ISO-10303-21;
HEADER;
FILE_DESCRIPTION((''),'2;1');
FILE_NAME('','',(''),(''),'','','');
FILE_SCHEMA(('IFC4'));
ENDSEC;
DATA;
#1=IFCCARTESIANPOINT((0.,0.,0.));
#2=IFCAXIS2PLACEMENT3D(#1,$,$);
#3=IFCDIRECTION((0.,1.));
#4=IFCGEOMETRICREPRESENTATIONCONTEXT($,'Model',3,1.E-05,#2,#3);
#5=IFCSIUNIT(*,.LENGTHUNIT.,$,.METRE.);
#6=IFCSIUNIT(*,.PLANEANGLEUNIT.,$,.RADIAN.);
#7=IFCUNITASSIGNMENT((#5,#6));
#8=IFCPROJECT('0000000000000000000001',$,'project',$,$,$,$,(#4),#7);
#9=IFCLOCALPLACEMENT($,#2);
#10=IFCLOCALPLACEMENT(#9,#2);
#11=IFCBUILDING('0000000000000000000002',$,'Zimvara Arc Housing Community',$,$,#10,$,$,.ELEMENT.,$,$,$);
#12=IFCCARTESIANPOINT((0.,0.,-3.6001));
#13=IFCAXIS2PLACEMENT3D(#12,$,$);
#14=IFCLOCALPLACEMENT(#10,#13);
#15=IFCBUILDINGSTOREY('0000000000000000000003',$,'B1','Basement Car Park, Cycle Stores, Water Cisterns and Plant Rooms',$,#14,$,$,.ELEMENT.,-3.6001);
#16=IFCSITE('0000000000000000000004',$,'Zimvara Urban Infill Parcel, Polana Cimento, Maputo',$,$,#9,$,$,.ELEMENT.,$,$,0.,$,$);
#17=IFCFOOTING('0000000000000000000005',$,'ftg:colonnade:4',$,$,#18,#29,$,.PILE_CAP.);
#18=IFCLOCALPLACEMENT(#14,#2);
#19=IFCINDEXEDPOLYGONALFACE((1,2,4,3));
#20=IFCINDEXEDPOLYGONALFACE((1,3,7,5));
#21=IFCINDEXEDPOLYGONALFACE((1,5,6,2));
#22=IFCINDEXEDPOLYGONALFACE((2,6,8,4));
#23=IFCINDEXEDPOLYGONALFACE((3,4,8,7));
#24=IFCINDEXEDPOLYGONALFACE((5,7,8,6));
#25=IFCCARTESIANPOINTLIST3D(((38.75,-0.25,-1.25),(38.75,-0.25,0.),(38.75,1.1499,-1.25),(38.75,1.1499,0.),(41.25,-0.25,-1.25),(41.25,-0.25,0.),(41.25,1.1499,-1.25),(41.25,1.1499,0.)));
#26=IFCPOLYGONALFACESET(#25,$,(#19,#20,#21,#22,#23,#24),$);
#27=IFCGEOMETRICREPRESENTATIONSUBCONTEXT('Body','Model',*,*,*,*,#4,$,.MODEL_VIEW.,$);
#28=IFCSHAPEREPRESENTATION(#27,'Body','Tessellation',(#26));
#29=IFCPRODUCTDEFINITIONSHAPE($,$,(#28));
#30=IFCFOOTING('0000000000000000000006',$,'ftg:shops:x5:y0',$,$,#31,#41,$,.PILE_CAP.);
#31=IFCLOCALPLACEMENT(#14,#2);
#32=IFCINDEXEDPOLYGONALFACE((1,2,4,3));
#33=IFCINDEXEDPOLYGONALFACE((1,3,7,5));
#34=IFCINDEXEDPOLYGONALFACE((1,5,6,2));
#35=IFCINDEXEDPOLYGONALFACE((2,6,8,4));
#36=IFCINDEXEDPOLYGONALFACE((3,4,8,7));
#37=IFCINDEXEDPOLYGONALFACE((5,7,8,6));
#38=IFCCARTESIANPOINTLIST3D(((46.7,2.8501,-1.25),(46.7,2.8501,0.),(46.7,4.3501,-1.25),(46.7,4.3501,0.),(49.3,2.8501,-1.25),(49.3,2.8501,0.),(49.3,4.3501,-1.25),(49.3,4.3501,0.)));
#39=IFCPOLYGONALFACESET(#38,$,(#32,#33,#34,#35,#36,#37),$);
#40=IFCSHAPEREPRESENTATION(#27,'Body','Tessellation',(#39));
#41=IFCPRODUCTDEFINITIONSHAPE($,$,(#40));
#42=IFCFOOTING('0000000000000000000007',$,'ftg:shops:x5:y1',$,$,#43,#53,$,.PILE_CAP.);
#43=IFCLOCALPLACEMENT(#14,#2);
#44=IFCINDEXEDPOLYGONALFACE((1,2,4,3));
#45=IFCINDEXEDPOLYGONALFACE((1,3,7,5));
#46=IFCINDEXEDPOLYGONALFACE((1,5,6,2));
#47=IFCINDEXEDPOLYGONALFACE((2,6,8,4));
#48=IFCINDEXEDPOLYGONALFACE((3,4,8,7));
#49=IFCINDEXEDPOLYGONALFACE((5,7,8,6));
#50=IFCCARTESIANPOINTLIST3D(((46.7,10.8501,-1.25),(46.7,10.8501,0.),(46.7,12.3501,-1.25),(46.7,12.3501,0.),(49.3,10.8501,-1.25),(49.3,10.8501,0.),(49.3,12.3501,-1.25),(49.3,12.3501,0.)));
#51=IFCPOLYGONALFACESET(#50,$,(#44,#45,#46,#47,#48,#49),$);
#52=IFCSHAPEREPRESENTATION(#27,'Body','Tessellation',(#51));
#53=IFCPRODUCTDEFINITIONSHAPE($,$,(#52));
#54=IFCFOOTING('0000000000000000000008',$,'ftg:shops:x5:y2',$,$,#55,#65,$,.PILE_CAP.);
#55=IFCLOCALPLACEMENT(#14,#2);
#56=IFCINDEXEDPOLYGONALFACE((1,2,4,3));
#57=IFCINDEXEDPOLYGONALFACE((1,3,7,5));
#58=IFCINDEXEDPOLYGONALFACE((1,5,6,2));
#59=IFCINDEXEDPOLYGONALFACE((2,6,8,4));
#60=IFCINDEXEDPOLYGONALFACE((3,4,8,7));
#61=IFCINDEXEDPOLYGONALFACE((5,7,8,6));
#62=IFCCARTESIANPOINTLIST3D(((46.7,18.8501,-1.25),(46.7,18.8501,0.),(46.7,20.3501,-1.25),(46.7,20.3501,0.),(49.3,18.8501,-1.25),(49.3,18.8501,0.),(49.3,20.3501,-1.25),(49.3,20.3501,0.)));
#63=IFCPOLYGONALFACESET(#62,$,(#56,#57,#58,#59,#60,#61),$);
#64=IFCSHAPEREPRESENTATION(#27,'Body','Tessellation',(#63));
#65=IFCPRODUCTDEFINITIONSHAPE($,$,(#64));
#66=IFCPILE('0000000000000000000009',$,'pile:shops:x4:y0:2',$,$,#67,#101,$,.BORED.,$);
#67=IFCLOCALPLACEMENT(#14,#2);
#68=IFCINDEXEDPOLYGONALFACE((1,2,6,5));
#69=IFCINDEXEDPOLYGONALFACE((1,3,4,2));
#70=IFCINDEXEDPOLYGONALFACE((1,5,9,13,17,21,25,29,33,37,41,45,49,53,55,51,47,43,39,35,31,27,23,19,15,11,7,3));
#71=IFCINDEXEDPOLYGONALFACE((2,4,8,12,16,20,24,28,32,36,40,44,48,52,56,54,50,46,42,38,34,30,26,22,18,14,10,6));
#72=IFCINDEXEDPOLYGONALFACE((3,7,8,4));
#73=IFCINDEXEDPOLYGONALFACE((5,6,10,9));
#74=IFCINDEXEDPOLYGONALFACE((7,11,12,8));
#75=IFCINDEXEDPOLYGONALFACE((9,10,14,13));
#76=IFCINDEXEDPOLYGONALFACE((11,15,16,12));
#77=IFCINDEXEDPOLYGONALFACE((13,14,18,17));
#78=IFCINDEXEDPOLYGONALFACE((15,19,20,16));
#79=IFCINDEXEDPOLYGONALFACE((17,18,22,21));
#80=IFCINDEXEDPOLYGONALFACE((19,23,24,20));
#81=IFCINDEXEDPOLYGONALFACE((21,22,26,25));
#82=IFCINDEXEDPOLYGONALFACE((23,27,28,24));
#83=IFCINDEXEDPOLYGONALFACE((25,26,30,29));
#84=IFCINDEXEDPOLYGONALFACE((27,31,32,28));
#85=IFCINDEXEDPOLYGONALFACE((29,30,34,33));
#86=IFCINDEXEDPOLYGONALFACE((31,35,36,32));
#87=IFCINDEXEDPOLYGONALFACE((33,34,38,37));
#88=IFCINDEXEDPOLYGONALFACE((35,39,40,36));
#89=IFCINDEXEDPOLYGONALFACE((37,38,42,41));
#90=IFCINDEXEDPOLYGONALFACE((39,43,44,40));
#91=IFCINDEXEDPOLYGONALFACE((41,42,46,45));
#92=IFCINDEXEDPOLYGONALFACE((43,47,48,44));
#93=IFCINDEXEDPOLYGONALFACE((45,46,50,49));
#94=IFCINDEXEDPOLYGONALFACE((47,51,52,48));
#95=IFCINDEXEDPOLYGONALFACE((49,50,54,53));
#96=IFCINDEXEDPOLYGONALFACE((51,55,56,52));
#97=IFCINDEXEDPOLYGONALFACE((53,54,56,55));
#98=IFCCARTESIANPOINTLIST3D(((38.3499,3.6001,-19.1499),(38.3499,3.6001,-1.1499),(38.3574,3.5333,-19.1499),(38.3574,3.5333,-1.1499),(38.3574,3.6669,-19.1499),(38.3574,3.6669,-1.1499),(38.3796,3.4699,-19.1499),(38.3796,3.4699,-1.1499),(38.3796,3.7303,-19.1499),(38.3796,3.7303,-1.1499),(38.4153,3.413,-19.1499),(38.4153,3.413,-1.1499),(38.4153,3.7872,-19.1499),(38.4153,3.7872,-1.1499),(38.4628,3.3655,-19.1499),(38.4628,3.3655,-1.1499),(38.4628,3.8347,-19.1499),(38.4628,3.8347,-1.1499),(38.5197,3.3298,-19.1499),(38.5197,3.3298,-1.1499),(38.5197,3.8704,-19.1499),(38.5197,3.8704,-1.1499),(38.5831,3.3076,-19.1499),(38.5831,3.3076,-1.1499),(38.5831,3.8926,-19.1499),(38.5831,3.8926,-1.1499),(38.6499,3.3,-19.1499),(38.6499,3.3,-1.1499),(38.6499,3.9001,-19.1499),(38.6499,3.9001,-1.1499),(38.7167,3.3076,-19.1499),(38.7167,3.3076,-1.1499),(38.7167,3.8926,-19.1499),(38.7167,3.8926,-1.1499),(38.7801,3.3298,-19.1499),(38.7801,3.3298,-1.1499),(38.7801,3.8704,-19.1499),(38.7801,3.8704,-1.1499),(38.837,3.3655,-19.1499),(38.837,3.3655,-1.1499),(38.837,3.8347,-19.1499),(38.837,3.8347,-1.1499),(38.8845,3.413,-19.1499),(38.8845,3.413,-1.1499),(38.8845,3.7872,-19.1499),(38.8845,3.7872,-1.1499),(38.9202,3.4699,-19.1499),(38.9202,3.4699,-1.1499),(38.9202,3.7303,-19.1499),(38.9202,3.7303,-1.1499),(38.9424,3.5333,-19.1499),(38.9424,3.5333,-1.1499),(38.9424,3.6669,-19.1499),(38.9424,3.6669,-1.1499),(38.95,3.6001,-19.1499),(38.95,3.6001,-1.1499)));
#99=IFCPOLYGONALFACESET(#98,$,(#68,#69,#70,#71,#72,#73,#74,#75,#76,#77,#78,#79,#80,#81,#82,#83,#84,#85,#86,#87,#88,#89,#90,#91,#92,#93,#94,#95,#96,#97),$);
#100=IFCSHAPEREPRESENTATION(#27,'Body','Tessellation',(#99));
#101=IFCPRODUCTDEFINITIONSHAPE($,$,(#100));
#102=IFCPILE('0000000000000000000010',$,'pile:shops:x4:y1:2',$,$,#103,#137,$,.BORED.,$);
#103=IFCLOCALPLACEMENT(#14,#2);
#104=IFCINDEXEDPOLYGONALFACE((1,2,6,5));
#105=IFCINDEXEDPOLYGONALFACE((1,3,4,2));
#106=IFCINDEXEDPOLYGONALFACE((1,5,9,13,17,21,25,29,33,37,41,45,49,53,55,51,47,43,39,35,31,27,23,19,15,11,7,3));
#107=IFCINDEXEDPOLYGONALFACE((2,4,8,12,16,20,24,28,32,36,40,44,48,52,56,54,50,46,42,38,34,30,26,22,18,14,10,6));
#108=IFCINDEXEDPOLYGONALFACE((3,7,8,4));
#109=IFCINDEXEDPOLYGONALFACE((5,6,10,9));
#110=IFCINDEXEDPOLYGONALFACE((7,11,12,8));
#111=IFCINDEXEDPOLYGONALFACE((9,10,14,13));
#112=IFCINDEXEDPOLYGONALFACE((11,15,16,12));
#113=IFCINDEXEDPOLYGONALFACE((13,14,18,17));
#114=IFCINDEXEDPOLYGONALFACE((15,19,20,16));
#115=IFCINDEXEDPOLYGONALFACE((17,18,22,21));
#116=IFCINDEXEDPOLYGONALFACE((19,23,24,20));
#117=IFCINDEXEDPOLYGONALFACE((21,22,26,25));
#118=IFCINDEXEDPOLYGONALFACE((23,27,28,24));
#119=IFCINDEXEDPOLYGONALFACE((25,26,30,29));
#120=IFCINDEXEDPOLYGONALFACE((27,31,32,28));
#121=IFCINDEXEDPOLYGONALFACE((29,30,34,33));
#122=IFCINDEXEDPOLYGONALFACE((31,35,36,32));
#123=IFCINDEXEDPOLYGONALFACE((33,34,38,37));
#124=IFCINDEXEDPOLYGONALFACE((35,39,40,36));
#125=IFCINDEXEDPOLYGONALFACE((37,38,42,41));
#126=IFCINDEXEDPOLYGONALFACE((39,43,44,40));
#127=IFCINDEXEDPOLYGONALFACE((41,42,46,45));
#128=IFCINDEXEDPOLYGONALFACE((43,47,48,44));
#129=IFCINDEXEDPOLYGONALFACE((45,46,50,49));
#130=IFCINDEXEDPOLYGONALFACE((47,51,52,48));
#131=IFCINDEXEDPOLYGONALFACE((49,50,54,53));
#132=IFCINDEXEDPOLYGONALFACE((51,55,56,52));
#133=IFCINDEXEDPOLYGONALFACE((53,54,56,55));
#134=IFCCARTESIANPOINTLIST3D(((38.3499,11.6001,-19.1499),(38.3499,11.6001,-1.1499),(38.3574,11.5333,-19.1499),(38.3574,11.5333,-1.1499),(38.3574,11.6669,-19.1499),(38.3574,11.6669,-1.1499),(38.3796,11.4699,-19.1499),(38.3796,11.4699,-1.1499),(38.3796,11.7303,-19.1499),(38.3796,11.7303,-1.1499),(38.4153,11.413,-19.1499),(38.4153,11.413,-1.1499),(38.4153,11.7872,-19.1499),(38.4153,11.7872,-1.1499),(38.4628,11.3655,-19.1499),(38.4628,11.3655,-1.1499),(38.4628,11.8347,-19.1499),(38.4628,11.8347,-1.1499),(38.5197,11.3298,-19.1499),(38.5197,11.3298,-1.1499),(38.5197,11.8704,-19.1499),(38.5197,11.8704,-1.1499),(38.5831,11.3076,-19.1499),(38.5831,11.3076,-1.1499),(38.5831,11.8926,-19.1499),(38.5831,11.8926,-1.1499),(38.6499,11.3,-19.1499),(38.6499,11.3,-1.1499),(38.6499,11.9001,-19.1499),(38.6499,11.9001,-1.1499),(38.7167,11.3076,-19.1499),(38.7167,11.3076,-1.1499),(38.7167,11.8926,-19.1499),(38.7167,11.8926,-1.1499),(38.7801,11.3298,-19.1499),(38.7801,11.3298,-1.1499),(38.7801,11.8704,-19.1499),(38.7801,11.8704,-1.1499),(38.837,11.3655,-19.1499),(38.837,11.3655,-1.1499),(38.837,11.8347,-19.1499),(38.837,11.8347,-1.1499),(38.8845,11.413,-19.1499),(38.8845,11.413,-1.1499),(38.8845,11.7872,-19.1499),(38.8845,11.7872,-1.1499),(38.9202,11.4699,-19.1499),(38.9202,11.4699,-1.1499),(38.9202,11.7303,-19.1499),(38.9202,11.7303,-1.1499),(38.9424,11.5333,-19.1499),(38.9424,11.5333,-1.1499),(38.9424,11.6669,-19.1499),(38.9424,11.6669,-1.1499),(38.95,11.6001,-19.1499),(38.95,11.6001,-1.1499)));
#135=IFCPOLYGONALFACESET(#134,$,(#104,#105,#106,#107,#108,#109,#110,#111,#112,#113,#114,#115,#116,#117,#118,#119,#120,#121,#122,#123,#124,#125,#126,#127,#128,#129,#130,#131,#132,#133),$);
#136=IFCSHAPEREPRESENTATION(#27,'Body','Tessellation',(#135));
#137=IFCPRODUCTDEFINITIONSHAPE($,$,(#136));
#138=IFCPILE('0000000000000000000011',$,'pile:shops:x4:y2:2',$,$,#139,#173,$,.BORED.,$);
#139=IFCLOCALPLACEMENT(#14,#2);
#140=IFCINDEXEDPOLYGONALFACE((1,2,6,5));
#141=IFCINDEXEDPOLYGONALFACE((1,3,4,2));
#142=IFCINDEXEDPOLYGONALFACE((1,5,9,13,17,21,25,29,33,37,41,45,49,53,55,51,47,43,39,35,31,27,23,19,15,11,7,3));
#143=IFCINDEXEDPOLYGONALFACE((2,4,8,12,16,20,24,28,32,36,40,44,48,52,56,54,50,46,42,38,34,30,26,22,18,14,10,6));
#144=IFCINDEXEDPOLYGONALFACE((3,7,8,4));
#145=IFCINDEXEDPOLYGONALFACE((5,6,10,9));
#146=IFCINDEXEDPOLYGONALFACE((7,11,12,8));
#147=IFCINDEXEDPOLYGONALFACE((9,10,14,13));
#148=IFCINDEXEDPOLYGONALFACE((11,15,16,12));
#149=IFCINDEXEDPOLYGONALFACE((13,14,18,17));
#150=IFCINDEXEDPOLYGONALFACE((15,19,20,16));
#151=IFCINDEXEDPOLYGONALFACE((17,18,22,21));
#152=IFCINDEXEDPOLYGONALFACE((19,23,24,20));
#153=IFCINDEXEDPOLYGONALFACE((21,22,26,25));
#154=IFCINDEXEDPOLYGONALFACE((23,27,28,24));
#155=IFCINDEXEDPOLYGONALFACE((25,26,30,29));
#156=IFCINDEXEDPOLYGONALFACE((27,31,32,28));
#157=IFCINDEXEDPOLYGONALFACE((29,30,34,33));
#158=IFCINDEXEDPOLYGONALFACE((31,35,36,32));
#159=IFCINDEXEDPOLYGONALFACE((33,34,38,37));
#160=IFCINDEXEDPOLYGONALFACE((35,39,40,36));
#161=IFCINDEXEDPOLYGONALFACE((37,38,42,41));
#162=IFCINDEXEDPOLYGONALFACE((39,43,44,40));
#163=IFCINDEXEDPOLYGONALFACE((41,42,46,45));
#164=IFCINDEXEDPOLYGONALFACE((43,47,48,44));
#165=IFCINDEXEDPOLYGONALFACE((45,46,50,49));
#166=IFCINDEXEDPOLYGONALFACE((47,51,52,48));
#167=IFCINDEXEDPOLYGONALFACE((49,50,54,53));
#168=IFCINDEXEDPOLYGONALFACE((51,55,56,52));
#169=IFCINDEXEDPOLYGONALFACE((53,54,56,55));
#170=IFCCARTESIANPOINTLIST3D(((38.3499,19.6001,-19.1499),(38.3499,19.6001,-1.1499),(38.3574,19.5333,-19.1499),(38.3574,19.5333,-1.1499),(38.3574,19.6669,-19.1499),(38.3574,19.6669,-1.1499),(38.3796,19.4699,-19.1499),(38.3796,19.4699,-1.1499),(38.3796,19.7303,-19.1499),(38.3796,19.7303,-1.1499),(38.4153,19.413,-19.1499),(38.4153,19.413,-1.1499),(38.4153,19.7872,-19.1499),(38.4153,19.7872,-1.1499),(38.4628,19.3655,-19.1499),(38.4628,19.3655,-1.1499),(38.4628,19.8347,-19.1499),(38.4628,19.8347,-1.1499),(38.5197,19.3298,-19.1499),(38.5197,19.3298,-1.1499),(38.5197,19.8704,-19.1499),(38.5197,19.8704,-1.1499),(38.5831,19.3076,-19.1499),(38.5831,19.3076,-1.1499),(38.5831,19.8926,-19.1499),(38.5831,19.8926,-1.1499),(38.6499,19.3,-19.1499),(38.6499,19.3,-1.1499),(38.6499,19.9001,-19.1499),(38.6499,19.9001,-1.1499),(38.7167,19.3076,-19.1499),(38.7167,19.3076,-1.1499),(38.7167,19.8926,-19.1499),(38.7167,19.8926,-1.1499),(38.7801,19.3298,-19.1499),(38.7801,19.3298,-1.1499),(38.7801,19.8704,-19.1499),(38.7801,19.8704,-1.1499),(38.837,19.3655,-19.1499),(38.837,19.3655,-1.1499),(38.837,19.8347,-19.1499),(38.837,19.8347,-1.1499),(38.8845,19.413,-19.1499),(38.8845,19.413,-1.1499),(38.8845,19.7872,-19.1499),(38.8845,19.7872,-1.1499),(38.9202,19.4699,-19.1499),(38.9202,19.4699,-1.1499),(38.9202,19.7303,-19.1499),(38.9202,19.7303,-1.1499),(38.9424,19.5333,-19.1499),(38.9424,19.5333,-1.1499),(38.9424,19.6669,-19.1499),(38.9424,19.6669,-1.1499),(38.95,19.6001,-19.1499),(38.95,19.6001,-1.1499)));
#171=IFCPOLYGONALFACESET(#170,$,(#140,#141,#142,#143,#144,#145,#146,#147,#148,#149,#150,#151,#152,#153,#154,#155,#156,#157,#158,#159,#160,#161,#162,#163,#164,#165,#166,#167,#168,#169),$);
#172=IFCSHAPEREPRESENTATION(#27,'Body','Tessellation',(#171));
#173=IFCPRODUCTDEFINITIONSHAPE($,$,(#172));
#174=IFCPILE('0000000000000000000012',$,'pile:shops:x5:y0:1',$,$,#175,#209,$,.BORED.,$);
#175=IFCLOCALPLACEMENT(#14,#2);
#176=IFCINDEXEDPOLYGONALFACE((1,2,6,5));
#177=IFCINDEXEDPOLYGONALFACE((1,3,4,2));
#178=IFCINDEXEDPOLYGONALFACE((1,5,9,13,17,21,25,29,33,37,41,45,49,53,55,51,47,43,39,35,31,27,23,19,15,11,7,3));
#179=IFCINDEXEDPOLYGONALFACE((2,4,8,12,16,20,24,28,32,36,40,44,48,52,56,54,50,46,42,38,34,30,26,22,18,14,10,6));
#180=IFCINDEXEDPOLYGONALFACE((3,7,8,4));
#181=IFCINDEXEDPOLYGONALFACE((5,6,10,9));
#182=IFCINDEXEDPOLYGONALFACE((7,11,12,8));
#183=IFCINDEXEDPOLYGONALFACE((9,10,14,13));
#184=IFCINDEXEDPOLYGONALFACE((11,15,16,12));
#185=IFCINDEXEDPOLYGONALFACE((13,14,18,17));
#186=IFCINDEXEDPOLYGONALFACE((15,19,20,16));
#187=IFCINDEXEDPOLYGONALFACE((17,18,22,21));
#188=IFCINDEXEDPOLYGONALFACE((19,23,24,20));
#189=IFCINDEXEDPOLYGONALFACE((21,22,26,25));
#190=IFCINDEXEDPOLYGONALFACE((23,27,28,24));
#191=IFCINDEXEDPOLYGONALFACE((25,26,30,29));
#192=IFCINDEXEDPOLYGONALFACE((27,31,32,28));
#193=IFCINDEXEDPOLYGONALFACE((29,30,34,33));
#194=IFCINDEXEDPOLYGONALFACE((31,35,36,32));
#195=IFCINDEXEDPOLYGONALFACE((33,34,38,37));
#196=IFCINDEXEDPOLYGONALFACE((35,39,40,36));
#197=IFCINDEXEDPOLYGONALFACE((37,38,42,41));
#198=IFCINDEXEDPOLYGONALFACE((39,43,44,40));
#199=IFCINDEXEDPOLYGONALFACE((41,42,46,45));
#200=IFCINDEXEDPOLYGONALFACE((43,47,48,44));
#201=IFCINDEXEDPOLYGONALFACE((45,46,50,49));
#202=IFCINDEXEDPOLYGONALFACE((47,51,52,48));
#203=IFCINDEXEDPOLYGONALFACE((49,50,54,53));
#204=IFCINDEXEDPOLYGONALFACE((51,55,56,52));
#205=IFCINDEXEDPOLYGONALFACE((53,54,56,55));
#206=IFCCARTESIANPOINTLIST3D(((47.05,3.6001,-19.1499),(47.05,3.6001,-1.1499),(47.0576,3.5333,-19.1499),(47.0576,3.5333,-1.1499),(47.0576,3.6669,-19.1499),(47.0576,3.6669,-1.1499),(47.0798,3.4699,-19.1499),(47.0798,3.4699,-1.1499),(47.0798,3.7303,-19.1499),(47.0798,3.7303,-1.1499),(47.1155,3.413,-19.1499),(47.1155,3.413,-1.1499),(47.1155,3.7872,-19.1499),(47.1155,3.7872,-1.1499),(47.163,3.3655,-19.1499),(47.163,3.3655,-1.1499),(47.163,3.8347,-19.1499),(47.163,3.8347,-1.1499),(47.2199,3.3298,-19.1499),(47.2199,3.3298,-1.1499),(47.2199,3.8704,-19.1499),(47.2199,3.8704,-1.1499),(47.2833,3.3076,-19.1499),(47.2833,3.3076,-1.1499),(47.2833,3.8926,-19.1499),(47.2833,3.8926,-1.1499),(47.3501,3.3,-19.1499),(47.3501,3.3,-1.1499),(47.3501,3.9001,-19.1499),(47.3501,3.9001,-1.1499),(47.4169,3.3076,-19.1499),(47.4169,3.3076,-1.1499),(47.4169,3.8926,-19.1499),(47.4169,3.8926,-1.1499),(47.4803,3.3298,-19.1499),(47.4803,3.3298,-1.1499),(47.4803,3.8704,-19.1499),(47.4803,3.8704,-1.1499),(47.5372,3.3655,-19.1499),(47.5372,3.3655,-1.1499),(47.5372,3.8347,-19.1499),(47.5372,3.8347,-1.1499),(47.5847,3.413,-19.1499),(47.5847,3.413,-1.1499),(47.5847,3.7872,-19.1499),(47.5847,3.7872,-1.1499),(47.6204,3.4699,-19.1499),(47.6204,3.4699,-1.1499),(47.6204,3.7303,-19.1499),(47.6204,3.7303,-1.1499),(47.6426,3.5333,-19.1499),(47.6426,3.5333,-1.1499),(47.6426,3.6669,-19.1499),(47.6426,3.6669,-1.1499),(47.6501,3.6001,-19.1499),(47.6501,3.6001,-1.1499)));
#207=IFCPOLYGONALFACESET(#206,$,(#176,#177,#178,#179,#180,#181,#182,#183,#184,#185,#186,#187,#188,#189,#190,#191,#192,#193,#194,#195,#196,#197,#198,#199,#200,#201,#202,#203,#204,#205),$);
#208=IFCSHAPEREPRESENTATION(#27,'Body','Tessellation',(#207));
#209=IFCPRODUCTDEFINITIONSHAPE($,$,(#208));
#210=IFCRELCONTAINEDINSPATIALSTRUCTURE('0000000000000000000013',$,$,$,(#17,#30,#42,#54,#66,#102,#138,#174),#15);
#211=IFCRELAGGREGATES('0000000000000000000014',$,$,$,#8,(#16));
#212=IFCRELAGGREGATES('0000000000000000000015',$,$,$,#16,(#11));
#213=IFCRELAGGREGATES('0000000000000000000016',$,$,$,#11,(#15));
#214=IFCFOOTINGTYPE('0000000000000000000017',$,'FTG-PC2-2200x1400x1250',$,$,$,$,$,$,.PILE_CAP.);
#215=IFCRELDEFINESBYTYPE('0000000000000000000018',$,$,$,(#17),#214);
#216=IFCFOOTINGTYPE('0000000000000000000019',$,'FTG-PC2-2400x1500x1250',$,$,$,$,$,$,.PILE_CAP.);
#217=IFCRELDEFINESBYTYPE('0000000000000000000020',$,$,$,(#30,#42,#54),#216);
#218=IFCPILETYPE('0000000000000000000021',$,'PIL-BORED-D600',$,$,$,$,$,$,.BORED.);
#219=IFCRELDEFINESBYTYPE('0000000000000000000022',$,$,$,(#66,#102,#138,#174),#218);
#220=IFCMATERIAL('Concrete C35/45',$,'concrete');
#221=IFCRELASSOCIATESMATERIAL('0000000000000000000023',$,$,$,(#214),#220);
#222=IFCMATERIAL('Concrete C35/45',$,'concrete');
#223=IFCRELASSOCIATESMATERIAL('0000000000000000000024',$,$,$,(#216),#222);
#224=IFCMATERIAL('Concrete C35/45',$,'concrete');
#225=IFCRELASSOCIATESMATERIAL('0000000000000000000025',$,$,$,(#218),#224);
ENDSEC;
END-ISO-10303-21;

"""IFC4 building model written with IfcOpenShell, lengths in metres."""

from ifc_helpers import new_model, si_unit, direction, frame, origin, origin_2d, place, context, subcontext, project, spatial, rectangle, circle, extrude, material, material_profile, profile_set, type_object, element, save


model = new_model("IFC4")

# Units and contexts
model_context = context("Model", 3, precision=1e-05, world=origin(), true_north=direction((0.0, 1.0)))
body_context = subcontext(model_context, "Body", "Model", "MODEL_VIEW")
ifc_project = project(units=[si_unit("LENGTHUNIT", "METRE"), si_unit("PLANEANGLEUNIT", "RADIAN")], contexts=[model_context])

# Site, building, storey
site_placement = place(None, origin())
site = spatial("IfcSite", under=ifc_project, at=site_placement, Name="Zimvara Urban Infill Parcel, Polana Cimento, Maputo", CompositionType="ELEMENT", RefElevation=0.0)
building_placement = place(site_placement, origin())
building = spatial("IfcBuilding", under=site, at=building_placement, Name="Zimvara Arc Housing Community", CompositionType="ELEMENT")
storey_placement = place(building_placement, frame((0.0, 0.0, -3.6001)))
storey = spatial("IfcBuildingStorey", under=building, at=storey_placement, Name="B1", Description="Basement Car Park, Cycle Stores, Water Cisterns and Plant Rooms", CompositionType="ELEMENT", Elevation=-3.6001)

# Footings
ifc_material_1 = material(Name="Concrete C35/45", Category="concrete")
footing_type_1 = type_object("IfcFootingType", Name="FTG-PC2-2200x1400x1250", PredefinedType="PILE_CAP", material=ifc_material_1)
footing_placement = place(storey_placement, frame((40.0, 0.45, -1.25), z_axis=(0.0, 0.0, 1.0), x_axis=(1.0, 0.0, 0.0)))
element("IfcFooting", 1, at=footing_placement, inside=storey, type_object=footing_type_1, Name="ftg:colonnade:4", PredefinedType="PILE_CAP", context=body_context, shape_type="SweptSolid", body=[
    extrude(rectangle(XDim=2.5, YDim=1.3999, at=origin_2d()), origin(), (0.0, 0.0, 1.0), 1.25),
])
ifc_material_2 = material(Name="Concrete C35/45", Category="concrete")
footing_type_2 = type_object("IfcFootingType", Name="FTG-PC2-2400x1500x1250", PredefinedType="PILE_CAP", material=ifc_material_2)
for number, where, z_axis, x_axis, name in (
    (2, (48.0, 3.6001, -1.25), (0.0, 0.0, 1.0), (1.0, 0.0, 0.0), "ftg:shops:x5:y0"),
    (3, (48.0, 11.6001, -1.25), (0.0, 0.0, 1.0), (1.0, 0.0, 0.0), "ftg:shops:x5:y1"),
    (4, (48.0, 19.6001, -1.25), (0.0, 0.0, 1.0), (1.0, 0.0, 0.0), "ftg:shops:x5:y2"),
):
    element("IfcFooting", number, at=place(storey_placement, frame(where, z_axis=z_axis, x_axis=x_axis)), inside=storey, type_object=footing_type_2, Name=name, PredefinedType="PILE_CAP", context=body_context, shape_type="SweptSolid", body=[
        extrude(rectangle(XDim=2.6001, YDim=1.5, at=origin_2d()), origin(), (0.0, 0.0, 1.0), 1.25),
    ])

# Piles
ifc_material_3 = material(Name="Concrete C35/45", Category="concrete")
ifc_material_profile_1 = material_profile(ifc_material_3, circle(Radius=0.3, at=origin_2d()), Name="PILE D600")
ifc_profile_set_1 = profile_set([ifc_material_profile_1], Name="Concrete C35/45")
pile_type = type_object("IfcPileType", Name="PIL-BORED-D600", PredefinedType="BORED", material=ifc_profile_set_1)
for number, where, z_axis, x_axis, name in (
    (5, (38.6499, 3.6001, -1.1499), (0.0, 0.0, -1.0), (1.0, 0.0, 0.0), "pile:shops:x4:y0:2"),
    (6, (38.6499, 11.6001, -1.1499), (0.0, 0.0, -1.0), (1.0, 0.0, 0.0), "pile:shops:x4:y1:2"),
    (7, (38.6499, 19.6001, -1.1499), (0.0, 0.0, -1.0), (1.0, 0.0, 0.0), "pile:shops:x4:y2:2"),
    (8, (47.3501, 3.6001, -1.1499), (0.0, 0.0, -1.0), (1.0, 0.0, 0.0), "pile:shops:x5:y0:1"),
):
    element("IfcPile", number, at=place(storey_placement, frame(where, z_axis=z_axis, x_axis=x_axis)), inside=storey, type_object=pile_type, Name=name, PredefinedType="BORED", context=body_context, shape_type="SweptSolid", body=[
        extrude(circle(Radius=0.3, at=origin_2d()), origin(), (0.0, 0.0, 1.0), 18.0),
    ])

save(model, "model.ifc")
